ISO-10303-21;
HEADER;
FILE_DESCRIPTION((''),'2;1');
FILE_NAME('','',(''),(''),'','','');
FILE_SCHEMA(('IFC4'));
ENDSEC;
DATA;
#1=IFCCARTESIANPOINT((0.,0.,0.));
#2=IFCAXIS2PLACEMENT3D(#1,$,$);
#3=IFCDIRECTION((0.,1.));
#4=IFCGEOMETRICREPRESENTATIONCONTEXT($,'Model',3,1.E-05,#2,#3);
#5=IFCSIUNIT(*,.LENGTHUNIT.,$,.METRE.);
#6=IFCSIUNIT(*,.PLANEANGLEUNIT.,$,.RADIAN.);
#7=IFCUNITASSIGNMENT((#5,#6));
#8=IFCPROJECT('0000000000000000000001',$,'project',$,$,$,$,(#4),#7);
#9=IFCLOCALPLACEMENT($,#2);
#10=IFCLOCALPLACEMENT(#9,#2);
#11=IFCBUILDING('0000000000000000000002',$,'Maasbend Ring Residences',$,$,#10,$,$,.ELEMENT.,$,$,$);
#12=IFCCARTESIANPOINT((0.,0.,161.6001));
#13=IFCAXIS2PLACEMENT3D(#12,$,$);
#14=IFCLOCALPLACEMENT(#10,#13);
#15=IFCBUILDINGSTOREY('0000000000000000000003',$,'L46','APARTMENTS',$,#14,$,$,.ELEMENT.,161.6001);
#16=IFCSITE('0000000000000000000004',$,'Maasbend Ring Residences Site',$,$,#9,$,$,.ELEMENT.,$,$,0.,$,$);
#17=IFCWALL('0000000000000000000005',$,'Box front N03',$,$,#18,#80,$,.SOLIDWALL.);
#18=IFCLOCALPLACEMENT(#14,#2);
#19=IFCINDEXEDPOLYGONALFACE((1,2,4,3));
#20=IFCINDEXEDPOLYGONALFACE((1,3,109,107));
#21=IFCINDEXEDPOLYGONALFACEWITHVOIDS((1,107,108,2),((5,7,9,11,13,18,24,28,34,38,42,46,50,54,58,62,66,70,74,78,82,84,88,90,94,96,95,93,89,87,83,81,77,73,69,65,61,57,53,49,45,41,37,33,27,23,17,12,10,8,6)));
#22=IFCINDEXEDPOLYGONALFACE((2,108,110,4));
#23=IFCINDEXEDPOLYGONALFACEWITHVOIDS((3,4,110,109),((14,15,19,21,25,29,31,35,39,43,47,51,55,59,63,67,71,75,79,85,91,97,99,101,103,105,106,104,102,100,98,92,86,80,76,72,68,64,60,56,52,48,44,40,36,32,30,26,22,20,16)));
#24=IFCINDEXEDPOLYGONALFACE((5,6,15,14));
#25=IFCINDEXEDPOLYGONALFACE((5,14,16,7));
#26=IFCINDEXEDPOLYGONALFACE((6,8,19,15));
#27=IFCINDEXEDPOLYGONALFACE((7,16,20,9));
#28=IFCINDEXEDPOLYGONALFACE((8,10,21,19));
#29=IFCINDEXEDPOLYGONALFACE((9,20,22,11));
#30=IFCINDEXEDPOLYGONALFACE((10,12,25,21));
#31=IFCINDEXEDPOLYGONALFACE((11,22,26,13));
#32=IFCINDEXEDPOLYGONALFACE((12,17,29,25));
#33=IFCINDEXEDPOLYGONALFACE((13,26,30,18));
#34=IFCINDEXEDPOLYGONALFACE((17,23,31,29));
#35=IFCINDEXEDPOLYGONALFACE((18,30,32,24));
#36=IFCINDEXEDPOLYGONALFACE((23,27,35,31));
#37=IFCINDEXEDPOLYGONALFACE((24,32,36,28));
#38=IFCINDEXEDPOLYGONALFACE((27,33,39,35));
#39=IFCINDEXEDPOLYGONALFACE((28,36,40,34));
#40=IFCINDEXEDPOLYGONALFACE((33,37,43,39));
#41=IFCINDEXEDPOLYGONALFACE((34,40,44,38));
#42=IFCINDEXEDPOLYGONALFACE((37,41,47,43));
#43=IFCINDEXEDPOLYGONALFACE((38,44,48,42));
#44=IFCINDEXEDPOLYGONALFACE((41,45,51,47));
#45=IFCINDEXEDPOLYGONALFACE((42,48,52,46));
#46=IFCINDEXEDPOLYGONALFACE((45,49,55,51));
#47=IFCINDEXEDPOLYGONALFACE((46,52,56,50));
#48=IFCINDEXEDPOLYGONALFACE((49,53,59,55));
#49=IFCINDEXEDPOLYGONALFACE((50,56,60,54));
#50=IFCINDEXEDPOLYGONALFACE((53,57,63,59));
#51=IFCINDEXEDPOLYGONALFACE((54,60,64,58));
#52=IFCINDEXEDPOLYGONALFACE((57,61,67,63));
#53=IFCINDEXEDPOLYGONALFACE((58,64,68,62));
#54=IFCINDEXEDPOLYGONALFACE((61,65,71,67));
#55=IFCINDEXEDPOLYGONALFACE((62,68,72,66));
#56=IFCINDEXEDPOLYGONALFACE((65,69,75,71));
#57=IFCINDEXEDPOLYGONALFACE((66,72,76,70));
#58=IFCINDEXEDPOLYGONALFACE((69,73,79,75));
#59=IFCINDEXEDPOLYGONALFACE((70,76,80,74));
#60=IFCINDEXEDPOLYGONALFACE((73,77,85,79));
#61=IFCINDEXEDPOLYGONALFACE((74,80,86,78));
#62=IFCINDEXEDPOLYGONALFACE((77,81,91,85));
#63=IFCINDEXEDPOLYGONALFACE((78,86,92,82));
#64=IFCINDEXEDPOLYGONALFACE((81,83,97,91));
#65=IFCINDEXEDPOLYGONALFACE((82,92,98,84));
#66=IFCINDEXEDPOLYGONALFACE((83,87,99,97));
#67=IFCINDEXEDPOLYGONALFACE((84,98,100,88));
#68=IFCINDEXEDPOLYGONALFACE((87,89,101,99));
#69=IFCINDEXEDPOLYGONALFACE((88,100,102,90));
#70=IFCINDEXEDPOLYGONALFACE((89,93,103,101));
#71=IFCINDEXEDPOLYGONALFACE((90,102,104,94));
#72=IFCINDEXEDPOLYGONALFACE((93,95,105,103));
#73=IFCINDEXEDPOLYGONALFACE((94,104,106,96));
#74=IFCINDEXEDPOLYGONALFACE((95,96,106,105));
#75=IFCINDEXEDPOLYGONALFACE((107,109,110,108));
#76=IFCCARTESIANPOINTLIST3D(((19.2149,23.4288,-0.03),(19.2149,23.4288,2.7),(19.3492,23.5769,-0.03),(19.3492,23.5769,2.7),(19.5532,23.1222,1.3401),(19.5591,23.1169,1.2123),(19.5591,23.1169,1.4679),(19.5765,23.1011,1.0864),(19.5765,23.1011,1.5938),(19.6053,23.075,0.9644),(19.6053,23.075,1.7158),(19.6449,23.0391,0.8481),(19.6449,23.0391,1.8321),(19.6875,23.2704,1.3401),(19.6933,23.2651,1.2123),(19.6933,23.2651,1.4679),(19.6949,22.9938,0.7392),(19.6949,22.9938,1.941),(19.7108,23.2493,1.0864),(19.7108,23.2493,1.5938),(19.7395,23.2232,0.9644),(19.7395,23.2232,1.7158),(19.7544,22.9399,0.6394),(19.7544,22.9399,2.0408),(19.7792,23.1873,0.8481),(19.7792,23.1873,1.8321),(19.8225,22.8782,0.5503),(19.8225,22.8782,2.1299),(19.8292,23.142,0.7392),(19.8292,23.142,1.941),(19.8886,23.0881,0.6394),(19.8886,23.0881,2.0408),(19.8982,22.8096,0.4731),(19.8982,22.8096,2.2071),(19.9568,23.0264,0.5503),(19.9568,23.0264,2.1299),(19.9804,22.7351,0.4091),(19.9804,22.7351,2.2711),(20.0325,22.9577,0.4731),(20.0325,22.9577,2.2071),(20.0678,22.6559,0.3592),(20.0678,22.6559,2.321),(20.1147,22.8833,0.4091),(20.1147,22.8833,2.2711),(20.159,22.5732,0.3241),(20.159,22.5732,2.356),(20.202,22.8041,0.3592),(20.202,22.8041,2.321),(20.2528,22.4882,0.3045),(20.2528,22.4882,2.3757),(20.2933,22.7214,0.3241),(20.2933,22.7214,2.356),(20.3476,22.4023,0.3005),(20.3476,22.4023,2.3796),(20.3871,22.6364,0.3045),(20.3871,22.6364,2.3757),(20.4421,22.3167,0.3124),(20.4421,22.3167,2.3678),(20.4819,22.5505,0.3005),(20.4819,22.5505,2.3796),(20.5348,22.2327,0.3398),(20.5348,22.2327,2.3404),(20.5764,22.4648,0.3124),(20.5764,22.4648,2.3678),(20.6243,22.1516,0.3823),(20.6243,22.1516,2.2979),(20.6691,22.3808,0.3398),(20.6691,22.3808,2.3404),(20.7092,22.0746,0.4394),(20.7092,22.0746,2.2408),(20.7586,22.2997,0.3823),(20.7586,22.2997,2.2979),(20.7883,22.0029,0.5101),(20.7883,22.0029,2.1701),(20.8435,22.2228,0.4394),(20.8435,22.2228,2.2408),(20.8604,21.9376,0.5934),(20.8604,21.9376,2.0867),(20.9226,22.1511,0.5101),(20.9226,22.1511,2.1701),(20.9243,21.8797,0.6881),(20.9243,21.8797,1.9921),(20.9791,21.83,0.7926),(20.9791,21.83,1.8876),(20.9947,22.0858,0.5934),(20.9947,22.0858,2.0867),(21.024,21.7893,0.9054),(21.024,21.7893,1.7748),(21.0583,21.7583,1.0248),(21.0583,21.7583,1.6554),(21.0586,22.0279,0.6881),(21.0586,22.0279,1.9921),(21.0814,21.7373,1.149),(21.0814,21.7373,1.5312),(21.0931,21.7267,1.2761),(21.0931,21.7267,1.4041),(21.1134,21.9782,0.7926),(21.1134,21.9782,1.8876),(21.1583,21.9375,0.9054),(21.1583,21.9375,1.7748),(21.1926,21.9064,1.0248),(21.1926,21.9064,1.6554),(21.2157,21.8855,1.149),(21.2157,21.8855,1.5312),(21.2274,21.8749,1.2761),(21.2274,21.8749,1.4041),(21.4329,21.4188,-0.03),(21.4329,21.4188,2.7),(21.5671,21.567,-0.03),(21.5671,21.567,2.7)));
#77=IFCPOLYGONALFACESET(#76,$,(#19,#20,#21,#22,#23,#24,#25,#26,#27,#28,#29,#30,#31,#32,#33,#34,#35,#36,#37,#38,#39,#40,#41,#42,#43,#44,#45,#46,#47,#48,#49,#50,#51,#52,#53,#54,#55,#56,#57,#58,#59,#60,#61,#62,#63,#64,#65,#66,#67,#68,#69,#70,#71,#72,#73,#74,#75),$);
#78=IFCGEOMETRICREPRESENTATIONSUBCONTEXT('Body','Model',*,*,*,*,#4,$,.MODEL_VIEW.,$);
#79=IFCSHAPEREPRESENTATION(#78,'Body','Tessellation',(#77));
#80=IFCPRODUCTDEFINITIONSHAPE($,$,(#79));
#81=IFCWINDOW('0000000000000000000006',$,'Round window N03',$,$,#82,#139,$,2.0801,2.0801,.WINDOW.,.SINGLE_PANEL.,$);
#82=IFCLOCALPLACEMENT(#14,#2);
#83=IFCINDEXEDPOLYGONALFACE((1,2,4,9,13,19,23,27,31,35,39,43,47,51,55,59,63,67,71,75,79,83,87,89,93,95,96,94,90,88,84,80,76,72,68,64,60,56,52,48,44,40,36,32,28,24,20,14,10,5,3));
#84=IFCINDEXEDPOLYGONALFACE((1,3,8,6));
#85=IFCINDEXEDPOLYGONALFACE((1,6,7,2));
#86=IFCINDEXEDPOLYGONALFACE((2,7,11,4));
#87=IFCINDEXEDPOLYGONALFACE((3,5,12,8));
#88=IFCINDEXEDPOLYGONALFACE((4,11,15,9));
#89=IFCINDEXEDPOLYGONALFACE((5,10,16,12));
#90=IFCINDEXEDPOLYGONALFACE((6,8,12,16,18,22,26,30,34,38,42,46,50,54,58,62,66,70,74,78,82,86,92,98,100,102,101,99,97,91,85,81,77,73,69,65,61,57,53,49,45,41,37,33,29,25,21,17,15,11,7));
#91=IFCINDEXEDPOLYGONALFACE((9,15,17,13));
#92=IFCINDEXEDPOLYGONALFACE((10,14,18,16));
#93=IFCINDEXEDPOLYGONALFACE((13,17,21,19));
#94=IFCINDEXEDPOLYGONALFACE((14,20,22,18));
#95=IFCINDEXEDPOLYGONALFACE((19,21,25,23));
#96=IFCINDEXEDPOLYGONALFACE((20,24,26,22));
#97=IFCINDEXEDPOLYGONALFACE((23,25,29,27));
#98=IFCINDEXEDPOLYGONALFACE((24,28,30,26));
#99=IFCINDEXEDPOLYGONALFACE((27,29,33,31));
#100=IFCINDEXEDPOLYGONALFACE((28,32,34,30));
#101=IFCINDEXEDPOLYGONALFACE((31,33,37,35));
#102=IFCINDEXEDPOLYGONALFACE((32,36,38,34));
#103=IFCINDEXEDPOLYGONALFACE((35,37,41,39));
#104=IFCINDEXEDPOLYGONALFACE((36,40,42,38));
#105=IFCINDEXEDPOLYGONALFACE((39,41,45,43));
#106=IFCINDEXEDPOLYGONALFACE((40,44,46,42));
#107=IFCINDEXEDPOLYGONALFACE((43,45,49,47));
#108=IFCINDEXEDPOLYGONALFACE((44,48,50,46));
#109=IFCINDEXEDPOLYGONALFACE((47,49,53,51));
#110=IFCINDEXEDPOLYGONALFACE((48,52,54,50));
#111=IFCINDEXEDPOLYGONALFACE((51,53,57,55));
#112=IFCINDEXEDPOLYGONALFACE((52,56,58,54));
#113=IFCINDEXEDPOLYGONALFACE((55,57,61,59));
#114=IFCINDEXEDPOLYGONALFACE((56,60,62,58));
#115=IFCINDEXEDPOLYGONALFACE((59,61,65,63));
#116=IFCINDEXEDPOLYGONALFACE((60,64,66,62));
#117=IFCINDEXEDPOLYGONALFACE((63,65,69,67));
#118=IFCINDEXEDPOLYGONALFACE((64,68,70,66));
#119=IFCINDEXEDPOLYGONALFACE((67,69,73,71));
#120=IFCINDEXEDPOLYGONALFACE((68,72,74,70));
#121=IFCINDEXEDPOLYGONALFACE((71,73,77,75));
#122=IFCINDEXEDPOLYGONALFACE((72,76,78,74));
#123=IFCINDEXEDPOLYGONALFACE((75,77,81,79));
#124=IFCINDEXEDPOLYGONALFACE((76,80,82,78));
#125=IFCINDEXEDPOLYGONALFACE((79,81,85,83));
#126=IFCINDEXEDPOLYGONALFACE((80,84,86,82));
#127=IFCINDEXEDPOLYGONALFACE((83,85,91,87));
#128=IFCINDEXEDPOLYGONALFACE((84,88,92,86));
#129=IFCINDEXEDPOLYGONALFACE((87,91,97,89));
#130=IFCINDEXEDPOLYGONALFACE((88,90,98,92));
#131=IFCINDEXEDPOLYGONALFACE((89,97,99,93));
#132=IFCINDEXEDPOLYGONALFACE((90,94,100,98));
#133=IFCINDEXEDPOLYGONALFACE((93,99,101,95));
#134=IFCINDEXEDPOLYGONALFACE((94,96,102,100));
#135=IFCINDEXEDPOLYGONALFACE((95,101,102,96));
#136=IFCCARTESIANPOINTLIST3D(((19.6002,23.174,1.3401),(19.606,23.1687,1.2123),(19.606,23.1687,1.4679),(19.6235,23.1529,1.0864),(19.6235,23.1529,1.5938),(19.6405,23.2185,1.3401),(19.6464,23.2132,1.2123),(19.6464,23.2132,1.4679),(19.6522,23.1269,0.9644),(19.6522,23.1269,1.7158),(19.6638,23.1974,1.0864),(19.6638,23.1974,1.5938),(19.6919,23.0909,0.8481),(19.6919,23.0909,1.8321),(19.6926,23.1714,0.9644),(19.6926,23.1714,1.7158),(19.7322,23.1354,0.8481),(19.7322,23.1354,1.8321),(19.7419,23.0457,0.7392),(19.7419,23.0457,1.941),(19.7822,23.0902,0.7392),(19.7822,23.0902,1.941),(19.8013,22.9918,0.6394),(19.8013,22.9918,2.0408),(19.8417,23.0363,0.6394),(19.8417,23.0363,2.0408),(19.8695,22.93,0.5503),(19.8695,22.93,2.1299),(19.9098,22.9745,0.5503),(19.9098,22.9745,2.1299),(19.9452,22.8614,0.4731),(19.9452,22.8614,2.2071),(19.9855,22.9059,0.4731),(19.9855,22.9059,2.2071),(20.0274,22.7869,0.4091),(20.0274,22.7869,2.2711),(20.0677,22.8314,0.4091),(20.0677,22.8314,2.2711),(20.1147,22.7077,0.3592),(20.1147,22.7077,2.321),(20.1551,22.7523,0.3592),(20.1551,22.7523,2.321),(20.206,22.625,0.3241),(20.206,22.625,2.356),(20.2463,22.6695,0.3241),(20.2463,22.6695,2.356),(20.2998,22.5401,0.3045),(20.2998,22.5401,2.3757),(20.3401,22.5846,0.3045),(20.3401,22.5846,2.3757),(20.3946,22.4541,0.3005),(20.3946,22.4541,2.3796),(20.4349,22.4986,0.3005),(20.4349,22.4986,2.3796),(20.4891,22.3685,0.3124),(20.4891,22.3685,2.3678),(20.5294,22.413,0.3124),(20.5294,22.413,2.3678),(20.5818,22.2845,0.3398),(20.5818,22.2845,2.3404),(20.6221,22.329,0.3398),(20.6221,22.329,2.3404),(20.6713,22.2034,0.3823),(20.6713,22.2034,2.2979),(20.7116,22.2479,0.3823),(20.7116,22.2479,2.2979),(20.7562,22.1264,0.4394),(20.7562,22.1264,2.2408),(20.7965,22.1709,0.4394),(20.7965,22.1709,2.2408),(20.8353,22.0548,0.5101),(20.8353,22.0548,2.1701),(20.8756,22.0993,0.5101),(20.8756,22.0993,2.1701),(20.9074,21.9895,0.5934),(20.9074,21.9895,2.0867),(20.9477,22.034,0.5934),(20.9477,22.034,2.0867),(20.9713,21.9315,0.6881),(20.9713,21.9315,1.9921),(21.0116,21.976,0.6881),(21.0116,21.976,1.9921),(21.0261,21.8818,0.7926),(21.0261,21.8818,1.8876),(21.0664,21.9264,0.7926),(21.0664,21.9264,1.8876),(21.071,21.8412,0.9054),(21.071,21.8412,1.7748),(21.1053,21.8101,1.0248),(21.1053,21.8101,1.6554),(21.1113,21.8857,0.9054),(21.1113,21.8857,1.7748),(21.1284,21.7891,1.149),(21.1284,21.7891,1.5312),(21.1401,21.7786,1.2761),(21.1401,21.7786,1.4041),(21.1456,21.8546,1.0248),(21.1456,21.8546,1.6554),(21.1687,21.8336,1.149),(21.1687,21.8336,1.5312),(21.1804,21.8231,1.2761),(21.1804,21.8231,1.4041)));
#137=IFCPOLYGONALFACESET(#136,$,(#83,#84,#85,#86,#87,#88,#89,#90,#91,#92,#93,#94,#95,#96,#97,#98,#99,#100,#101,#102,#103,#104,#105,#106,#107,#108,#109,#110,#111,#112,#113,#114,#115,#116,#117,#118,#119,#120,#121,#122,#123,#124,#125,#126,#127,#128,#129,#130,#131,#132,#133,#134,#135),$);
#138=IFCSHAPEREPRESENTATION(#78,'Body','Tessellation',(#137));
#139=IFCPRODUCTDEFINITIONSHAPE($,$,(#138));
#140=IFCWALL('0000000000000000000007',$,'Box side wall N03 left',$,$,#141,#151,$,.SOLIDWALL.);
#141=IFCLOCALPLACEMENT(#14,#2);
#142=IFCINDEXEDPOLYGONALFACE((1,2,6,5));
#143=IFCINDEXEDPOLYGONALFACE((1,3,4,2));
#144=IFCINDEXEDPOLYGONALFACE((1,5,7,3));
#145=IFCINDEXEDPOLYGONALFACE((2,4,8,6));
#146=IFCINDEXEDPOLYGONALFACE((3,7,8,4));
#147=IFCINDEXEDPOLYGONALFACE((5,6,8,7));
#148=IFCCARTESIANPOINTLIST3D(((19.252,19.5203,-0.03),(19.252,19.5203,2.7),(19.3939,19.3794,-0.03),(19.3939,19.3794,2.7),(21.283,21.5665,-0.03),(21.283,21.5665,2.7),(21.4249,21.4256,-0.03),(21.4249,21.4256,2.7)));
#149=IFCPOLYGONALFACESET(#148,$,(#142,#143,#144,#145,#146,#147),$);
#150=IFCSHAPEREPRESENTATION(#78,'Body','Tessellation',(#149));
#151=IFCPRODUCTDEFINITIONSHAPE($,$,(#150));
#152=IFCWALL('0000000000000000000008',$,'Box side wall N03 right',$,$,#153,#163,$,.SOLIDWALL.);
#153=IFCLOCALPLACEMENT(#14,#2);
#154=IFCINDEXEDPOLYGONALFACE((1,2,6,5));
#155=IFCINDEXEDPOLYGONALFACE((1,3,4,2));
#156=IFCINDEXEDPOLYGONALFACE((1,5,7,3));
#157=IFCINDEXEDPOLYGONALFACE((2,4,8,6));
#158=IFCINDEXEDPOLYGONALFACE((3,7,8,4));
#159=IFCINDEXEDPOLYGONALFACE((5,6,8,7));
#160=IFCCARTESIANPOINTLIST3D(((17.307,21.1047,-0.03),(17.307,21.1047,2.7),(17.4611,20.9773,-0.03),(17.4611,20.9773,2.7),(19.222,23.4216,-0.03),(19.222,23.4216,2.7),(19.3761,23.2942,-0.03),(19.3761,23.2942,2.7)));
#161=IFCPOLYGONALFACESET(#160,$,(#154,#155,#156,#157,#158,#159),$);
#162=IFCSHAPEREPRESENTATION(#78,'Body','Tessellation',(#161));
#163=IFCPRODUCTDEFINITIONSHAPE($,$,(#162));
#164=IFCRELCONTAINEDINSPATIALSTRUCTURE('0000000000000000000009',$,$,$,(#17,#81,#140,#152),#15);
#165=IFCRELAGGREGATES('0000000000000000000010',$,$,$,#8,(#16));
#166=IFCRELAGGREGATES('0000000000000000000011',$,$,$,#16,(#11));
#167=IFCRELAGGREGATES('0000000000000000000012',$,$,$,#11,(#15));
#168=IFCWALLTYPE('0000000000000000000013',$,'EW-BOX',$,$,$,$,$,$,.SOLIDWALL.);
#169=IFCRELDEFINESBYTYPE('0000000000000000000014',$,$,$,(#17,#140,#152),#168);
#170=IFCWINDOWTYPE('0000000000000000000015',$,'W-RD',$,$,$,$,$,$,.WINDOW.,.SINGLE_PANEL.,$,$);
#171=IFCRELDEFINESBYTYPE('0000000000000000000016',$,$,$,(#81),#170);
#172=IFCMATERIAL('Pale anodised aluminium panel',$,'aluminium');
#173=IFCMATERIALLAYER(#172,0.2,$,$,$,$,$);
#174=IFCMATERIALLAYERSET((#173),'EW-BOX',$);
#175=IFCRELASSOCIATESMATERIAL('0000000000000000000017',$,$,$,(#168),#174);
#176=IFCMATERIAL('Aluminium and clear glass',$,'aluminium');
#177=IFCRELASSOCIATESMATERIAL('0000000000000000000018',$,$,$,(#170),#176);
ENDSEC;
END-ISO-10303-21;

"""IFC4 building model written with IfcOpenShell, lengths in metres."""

from ifc_helpers import new_model, si_unit, direction, frame, frame_2d, origin, place, context, subcontext, project, spatial, rectangle, circle, extrude, material, layer, layer_set, type_object, element, fill, save


model = new_model("IFC4")

# Units and contexts
model_context = context("Model", 3, precision=1e-05, world=origin(), true_north=direction((0.0, 1.0)))
body_context = subcontext(model_context, "Body", "Model", "MODEL_VIEW")
ifc_project = project(units=[si_unit("LENGTHUNIT", "METRE"), si_unit("PLANEANGLEUNIT", "RADIAN")], contexts=[model_context])

# Site, building, storey
site_placement = place(None, origin())
site = spatial("IfcSite", under=ifc_project, at=site_placement, Name="Maasbend Ring Residences Site", CompositionType="ELEMENT", RefElevation=0.0)
building_placement = place(site_placement, origin())
building = spatial("IfcBuilding", under=site, at=building_placement, Name="Maasbend Ring Residences", CompositionType="ELEMENT")
storey_placement = place(building_placement, frame((0.0, 0.0, 161.6001)))
storey = spatial("IfcBuildingStorey", under=building, at=storey_placement, Name="L46", Description="APARTMENTS", CompositionType="ELEMENT", Elevation=161.6001)

# Wall, opening, window
ifc_material_1 = material(Name="Pale anodised aluminium panel", Category="aluminium")
ifc_layer_1 = layer(ifc_material_1, 0.2)
ifc_layer_set_1 = layer_set([ifc_layer_1], Name="EW-BOX")
wall_type_1 = type_object("IfcWallType", Name="EW-BOX", PredefinedType="SOLIDWALL", material=ifc_layer_set_1)
wall_1_placement = place(storey_placement, frame((21.5, 21.4929, -0.03), z_axis=(0.0, 0.0, 1.0), x_axis=(-0.740998, 0.671507, 0.0)))
wall_1 = element("IfcWall", 1, at=wall_1_placement, inside=storey, type_object=wall_type_1, Name="Box front N03", PredefinedType="SOLIDWALL", context=body_context, shape_type="SweptSolid", body=[
    extrude(rectangle(XDim=2.9932, YDim=0.2, at=frame_2d((1.4966, 0.0))), origin(), (0.0, 0.0, 1.0), 2.73),
])
opening_1_placement = place(wall_1_placement, frame((0.4565, 0.0, 0.3301)))
opening_1 = element("IfcOpeningElement", 2, at=opening_1_placement, cuts=wall_1, PredefinedType="OPENING", context=body_context, shape_type="SweptSolid", body=[
    extrude(circle(Radius=1.04, at=frame_2d((1.04, 1.04))), frame((0.0, 0.1099, 0.0), z_axis=(0.0, -1.0, 0.0), x_axis=(1.0, 0.0, 0.0)), (0.0, 0.0, 1.0), 0.22),
])
ifc_material_2 = material(Name="Aluminium and clear glass", Category="aluminium")
window_type_1 = type_object("IfcWindowType", Name="W-RD", PartitioningType="SINGLE_PANEL", PredefinedType="WINDOW", material=ifc_material_2)
window_1_placement = place(opening_1_placement, origin())
window_1 = element("IfcWindow", 3, at=window_1_placement, inside=storey, type_object=window_type_1, Name="Round window N03", OverallHeight=2.0801, OverallWidth=2.0801, PartitioningType="SINGLE_PANEL", PredefinedType="WINDOW", context=body_context, shape_type="SweptSolid", body=[
    extrude(circle(Radius=1.04, at=frame_2d((1.04, 1.04))), frame((0.0, 0.03, 0.0), z_axis=(0.0, -1.0, 0.0), x_axis=(1.0, 0.0, 0.0)), (0.0, 0.0, 1.0), 0.0601),
])
fill(opening_1, window_1)

# Walls
wall_2_placement = place(storey_placement, frame((19.323, 19.45, -0.03), z_axis=(0.0, 0.0, 1.0), x_axis=(0.704477, 0.709727, 0.0)))
element("IfcWall", 4, at=wall_2_placement, inside=storey, type_object=wall_type_1, Name="Box side wall N03 left", PredefinedType="SOLIDWALL", context=body_context, shape_type="SweptSolid", body=[
    extrude(rectangle(XDim=2.8831, YDim=0.2, at=frame_2d((1.4414, 0.0))), origin(), (0.0, 0.0, 1.0), 2.73),
])
wall_3_placement = place(storey_placement, frame((17.384, 21.041, -0.03), z_axis=(0.0, 0.0, 1.0), x_axis=(0.637096, 0.770785, 0.0)))
element("IfcWall", 5, at=wall_3_placement, inside=storey, type_object=wall_type_1, Name="Box side wall N03 right", PredefinedType="SOLIDWALL", context=body_context, shape_type="SweptSolid", body=[
    extrude(rectangle(XDim=3.0059, YDim=0.2, at=frame_2d((1.5029, 0.0))), origin(), (0.0, 0.0, 1.0), 2.73),
])

save(model, "model.ifc")
